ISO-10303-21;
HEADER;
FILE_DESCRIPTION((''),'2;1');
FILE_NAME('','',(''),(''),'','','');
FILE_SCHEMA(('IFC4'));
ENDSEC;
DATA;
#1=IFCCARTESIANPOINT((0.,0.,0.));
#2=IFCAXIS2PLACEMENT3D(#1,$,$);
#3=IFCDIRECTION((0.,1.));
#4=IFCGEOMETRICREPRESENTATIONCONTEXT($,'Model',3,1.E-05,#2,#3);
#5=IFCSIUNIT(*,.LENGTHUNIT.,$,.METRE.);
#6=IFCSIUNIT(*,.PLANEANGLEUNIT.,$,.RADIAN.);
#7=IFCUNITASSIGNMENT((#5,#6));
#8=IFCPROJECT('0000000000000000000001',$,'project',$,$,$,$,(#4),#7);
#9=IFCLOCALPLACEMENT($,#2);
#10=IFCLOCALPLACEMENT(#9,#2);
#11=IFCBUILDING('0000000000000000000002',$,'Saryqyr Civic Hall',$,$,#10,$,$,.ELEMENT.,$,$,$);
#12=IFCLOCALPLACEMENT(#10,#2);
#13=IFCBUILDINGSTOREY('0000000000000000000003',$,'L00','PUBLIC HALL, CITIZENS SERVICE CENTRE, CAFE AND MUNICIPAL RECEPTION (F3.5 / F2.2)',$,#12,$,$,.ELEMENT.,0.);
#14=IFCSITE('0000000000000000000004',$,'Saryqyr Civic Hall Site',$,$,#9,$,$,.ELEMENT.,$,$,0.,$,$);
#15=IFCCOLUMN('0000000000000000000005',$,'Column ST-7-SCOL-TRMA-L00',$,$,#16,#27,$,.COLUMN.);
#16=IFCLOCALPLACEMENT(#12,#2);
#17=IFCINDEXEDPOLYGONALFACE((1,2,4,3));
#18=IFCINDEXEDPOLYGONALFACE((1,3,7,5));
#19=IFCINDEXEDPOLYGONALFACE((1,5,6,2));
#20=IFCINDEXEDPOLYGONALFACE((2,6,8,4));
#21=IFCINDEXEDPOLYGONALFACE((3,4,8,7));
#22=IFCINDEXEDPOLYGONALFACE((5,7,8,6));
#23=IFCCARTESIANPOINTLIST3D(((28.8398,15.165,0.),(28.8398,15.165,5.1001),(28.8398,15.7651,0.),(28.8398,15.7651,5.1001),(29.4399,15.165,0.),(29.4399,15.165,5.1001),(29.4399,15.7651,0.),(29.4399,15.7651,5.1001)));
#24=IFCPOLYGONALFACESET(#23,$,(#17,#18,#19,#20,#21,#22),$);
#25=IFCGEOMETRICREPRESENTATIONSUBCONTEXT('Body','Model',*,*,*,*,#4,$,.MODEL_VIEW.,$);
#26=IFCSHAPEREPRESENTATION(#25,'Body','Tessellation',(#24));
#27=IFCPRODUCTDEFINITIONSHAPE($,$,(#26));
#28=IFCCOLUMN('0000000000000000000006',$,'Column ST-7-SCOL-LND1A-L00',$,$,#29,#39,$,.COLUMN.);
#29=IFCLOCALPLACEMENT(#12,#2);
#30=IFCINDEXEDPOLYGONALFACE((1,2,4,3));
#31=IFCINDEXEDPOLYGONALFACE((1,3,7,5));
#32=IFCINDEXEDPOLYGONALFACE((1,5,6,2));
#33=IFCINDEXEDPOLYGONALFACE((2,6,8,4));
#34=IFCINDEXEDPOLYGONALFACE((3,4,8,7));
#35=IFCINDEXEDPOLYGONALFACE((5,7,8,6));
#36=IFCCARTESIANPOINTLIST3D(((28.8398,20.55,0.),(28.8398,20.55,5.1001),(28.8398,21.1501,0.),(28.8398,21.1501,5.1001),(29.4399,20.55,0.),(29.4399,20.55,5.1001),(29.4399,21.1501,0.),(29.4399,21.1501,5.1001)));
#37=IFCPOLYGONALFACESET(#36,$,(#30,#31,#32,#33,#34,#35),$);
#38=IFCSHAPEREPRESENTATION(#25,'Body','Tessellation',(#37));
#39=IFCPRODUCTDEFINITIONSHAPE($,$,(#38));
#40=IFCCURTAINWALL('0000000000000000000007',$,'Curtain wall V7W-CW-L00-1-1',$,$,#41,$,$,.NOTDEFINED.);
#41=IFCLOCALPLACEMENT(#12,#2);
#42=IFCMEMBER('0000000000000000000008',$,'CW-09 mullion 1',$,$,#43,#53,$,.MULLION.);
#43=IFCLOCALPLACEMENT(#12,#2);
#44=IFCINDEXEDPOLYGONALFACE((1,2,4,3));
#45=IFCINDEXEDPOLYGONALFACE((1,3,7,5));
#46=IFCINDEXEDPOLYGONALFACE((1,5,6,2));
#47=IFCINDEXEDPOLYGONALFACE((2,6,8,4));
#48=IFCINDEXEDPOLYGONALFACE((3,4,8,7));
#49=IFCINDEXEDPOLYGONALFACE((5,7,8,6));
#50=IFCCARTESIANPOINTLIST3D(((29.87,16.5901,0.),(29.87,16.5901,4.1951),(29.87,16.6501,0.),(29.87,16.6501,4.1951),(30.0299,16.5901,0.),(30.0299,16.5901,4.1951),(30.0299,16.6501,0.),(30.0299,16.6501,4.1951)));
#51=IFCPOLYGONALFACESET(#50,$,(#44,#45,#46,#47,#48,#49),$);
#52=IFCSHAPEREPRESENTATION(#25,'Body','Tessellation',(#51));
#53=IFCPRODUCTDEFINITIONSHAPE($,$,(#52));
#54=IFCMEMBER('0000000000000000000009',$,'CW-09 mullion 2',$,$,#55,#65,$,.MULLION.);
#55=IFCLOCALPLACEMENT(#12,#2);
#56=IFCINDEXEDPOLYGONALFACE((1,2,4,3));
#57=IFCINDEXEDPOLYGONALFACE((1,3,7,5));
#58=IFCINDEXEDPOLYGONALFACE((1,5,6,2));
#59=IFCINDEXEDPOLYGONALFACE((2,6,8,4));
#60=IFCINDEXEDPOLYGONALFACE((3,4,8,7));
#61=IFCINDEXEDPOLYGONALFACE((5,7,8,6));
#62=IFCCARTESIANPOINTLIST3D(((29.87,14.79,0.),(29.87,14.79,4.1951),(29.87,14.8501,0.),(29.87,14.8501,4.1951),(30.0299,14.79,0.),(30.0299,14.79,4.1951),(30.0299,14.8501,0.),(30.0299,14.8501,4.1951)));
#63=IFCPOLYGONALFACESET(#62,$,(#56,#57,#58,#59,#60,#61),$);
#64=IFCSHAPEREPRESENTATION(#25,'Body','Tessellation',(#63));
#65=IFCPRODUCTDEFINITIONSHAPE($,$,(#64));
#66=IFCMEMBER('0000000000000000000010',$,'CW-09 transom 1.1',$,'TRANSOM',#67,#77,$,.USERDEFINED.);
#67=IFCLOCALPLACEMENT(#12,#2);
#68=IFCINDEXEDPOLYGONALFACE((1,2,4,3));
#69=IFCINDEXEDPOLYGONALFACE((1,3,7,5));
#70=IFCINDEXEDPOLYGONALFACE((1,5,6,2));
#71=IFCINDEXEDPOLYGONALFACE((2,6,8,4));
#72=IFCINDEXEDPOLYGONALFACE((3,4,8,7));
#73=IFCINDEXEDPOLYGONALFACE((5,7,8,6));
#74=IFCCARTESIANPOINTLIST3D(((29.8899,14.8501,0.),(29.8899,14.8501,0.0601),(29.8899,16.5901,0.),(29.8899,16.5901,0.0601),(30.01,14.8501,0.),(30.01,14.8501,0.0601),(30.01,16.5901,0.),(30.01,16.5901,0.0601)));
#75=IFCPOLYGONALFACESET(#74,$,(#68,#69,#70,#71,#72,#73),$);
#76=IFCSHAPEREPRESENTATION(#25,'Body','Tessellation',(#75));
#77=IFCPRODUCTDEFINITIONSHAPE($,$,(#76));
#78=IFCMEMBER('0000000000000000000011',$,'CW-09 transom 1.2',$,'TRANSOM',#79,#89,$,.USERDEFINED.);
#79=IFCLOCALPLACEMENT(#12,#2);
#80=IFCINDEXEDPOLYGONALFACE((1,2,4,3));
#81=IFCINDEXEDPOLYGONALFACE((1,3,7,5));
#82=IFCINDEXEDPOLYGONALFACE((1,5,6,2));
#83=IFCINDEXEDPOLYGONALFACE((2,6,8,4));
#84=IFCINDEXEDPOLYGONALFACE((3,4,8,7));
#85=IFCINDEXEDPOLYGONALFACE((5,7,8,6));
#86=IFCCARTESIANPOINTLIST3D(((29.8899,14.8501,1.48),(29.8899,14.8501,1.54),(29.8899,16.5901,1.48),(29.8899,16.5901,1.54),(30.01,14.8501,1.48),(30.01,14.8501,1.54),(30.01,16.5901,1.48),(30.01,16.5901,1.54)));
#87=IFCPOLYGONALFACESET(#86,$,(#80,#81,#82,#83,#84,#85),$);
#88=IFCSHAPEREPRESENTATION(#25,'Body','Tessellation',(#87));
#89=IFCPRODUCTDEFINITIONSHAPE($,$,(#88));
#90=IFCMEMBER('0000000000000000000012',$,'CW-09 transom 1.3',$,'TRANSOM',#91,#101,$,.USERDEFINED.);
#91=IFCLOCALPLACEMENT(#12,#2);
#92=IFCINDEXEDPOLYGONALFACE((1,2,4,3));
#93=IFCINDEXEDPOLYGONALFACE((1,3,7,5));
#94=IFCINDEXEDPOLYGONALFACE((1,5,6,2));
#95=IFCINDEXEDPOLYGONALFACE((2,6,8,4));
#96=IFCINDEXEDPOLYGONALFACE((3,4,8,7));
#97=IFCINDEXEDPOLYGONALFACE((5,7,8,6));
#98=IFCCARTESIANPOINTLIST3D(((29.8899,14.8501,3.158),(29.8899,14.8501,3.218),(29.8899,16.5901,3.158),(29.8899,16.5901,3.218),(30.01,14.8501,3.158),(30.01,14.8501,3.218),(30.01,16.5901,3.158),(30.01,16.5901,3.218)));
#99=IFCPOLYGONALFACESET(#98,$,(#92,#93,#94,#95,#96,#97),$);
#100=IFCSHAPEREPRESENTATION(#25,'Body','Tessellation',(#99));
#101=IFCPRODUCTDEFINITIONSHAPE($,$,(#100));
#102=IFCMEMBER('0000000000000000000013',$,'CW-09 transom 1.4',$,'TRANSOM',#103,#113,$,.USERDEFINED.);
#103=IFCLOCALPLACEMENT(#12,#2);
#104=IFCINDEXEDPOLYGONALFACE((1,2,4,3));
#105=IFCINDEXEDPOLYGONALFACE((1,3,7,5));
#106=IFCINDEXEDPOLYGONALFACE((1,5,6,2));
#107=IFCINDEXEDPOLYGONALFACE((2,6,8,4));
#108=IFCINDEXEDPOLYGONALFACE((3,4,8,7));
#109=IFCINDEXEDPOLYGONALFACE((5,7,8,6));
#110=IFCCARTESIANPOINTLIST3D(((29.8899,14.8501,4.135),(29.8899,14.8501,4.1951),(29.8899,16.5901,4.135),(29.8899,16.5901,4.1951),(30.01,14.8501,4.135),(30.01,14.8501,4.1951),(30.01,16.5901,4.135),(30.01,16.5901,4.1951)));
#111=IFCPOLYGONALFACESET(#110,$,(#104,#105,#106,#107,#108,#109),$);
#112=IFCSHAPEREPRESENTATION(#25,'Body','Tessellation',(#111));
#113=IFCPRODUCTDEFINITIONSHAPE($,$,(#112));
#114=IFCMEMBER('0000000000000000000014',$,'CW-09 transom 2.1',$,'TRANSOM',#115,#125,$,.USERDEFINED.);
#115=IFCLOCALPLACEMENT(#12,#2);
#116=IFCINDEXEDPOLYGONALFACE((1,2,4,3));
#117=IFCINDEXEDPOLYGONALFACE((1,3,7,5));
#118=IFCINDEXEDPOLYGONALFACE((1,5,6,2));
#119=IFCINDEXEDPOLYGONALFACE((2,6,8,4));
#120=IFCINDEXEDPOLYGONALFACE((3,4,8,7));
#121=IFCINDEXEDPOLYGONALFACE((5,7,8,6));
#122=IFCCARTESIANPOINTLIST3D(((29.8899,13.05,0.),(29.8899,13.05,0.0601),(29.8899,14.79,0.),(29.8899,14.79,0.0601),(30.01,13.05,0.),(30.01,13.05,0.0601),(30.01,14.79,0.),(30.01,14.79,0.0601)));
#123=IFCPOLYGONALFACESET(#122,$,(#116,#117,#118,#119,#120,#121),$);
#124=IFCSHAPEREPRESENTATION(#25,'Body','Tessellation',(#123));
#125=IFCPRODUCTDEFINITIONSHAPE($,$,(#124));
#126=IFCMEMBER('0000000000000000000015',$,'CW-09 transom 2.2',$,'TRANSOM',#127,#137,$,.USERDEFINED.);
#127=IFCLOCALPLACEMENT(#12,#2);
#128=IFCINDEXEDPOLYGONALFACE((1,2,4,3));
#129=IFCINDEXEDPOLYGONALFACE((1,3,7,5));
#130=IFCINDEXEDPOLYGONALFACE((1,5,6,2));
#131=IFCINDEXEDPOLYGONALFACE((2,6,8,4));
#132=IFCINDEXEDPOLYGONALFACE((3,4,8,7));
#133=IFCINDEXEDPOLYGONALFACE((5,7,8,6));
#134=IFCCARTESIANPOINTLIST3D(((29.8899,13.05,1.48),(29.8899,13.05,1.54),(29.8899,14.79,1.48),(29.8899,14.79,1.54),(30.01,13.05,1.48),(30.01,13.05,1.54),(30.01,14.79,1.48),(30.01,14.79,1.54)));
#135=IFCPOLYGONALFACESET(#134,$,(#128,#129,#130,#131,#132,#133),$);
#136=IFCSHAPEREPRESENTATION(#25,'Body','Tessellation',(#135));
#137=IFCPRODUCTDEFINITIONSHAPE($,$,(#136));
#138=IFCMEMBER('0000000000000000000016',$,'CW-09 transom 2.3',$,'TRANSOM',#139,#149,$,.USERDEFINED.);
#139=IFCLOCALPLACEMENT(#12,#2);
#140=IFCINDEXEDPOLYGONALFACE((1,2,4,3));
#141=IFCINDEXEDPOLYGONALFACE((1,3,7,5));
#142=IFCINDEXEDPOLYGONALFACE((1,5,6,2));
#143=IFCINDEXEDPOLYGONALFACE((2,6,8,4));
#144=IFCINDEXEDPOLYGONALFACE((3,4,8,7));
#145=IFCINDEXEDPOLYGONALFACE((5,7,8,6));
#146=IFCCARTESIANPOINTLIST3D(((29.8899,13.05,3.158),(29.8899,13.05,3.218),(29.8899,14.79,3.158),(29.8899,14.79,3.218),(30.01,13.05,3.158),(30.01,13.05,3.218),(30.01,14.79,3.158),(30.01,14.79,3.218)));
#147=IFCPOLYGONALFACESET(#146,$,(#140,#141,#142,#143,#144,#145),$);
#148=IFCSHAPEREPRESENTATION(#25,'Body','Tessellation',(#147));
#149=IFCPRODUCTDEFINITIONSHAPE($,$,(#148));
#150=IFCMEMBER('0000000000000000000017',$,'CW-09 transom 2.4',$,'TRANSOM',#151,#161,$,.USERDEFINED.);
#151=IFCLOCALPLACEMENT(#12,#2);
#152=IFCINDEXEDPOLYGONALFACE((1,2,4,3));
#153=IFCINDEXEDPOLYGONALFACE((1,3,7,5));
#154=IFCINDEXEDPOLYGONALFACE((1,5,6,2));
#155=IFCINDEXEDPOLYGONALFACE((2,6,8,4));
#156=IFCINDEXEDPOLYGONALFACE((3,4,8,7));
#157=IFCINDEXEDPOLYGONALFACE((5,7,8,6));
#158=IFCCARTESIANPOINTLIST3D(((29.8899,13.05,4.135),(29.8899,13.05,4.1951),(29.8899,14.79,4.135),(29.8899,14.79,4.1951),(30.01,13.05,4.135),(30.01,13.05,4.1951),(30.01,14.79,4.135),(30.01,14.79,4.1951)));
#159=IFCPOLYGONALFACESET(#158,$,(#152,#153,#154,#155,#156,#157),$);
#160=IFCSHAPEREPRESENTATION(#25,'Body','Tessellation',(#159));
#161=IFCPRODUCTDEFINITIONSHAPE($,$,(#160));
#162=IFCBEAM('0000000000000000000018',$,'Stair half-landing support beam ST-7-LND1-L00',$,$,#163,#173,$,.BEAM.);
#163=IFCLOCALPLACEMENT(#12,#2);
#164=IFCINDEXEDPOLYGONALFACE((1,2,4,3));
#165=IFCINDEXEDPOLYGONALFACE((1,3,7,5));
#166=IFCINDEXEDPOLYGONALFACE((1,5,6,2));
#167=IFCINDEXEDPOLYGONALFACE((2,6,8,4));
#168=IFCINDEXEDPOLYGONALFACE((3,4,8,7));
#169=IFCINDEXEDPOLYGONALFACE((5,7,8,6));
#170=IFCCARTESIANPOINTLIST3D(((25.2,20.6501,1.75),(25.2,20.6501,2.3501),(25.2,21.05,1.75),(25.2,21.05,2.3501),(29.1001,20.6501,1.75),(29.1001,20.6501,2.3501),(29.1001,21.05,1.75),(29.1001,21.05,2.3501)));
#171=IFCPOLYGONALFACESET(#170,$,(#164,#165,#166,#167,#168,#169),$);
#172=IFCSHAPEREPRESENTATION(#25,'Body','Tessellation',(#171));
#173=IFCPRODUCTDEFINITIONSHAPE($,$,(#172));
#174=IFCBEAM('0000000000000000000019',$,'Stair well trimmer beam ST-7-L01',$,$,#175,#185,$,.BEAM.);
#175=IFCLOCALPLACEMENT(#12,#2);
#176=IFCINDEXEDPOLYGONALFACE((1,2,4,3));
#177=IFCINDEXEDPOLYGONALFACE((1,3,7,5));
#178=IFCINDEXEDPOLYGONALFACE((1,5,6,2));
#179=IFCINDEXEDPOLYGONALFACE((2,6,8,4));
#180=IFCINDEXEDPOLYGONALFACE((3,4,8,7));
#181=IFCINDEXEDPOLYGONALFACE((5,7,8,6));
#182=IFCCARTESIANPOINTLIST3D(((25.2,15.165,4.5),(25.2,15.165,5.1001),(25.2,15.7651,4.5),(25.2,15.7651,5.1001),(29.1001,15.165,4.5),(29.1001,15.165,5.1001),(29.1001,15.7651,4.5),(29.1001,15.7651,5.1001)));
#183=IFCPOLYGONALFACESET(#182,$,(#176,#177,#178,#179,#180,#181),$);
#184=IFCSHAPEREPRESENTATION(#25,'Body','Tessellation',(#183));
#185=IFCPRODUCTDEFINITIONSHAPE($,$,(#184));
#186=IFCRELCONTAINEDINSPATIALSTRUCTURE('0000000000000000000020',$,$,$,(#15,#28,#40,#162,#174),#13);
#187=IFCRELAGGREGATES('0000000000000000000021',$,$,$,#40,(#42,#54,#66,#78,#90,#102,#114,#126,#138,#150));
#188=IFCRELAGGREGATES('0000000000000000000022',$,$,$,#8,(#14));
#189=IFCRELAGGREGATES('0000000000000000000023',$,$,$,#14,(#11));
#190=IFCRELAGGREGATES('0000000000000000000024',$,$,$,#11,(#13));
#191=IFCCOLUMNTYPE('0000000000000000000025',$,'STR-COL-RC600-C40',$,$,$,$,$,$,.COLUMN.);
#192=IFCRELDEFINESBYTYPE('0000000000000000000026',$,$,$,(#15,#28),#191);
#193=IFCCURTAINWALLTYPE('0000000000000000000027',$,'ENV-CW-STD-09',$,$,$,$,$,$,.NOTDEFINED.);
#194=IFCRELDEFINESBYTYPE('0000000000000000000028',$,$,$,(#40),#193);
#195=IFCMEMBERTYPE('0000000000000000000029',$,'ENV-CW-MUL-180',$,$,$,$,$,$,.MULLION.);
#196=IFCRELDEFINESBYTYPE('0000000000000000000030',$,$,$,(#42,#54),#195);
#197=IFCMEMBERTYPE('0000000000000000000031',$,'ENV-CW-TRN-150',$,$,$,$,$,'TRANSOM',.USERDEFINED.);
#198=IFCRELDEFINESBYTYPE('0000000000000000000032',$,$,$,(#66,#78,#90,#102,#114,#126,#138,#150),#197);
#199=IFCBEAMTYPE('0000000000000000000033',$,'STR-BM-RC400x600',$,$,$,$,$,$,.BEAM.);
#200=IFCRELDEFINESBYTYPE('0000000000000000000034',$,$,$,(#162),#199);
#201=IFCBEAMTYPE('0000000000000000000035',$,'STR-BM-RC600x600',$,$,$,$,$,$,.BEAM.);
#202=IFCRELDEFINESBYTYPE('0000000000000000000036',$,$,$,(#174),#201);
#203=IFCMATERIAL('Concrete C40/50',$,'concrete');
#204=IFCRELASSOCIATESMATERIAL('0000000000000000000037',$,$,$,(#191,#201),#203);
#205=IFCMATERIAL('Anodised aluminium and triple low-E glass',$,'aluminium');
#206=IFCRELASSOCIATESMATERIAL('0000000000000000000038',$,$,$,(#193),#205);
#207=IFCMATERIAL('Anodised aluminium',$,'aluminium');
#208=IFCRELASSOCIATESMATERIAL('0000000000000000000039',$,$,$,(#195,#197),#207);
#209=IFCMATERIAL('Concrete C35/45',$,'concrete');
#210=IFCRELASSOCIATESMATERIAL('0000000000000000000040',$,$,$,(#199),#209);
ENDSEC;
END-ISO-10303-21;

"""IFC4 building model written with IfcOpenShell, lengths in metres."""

from ifc_helpers import new_model, si_unit, direction, frame, origin, origin_2d, place, context, subcontext, project, spatial, rectangle, extrude, material, material_profile, profile_set, type_object, element, aggregate, save


model = new_model("IFC4")

# Units and contexts
model_context = context("Model", 3, precision=1e-05, world=origin(), true_north=direction((0.0, 1.0)))
body_context = subcontext(model_context, "Body", "Model", "MODEL_VIEW")
ifc_project = project(units=[si_unit("LENGTHUNIT", "METRE"), si_unit("PLANEANGLEUNIT", "RADIAN")], contexts=[model_context])

# Site, building, storey
site_placement = place(None, origin())
site = spatial("IfcSite", under=ifc_project, at=site_placement, Name="Saryqyr Civic Hall Site", CompositionType="ELEMENT", RefElevation=0.0)
building_placement = place(site_placement, origin())
building = spatial("IfcBuilding", under=site, at=building_placement, Name="Saryqyr Civic Hall", CompositionType="ELEMENT")
storey_placement = place(building_placement, origin())
storey = spatial("IfcBuildingStorey", under=building, at=storey_placement, Name="L00", Description="PUBLIC HALL, CITIZENS SERVICE CENTRE, CAFE AND MUNICIPAL RECEPTION (F3.5 / F2.2)", CompositionType="ELEMENT", Elevation=0.0)

# Columns
ifc_material_1 = material(Name="Concrete C40/50", Category="concrete")
ifc_material_profile_1 = material_profile(ifc_material_1, rectangle(XDim=0.6001, YDim=0.6001, at=origin_2d()), Name="RC 600x600")
ifc_profile_set_1 = profile_set([ifc_material_profile_1], Name="Concrete C40/50")
column_type = type_object("IfcColumnType", Name="STR-COL-RC600-C40", PredefinedType="COLUMN", material=ifc_profile_set_1)
for number, where, z_axis, x_axis, name in (
    (1, (29.1399, 15.4651, 0.0), (0.0, 0.0, 1.0), (1.0, 0.0, 0.0), "Column ST-7-SCOL-TRMA-L00"),
    (2, (29.1399, 20.8501, 0.0), (0.0, 0.0, 1.0), (1.0, 0.0, 0.0), "Column ST-7-SCOL-LND1A-L00"),
):
    element("IfcColumn", number, at=place(storey_placement, frame(where, z_axis=z_axis, x_axis=x_axis)), inside=storey, type_object=column_type, Name=name, PredefinedType="COLUMN", context=body_context, shape_type="SweptSolid", body=[
        extrude(rectangle(XDim=0.6001, YDim=0.6001, at=origin_2d()), origin(), (0.0, 0.0, 1.0), 5.1001),
    ])

# Curtain wall, members
ifc_material_2 = material(Name="Anodised aluminium and triple low-E glass", Category="aluminium")
curtain_wall_type = type_object("IfcCurtainWallType", Name="ENV-CW-STD-09", PredefinedType="NOTDEFINED", material=ifc_material_2)
curtain_wall_placement = place(storey_placement, origin())
curtain_wall = element("IfcCurtainWall", 3, at=curtain_wall_placement, inside=storey, type_object=curtain_wall_type, Name="Curtain wall V7W-CW-L00-1-1", PredefinedType="NOTDEFINED")
ifc_material_3 = material(Name="Anodised aluminium", Category="aluminium")
ifc_material_profile_2 = material_profile(ifc_material_3, rectangle(XDim=0.0601, YDim=0.1599, at=origin_2d()), Name="ALU MULLION 60x160")
ifc_profile_set_2 = profile_set([ifc_material_profile_2], Name="Anodised aluminium")
member_type_1 = type_object("IfcMemberType", Name="ENV-CW-MUL-180", PredefinedType="MULLION", material=ifc_profile_set_2)
member_1_placement = place(storey_placement, frame((29.95, 16.6201, 0.0), z_axis=(0.0, 0.0, 1.0), x_axis=(0.0, -1.0, 0.0)))
member_1 = element("IfcMember", 4, at=member_1_placement, type_object=member_type_1, Name="CW-09 mullion 1", PredefinedType="MULLION", context=body_context, shape_type="SweptSolid", body=[
    extrude(rectangle(XDim=0.0601, YDim=0.1599, at=origin_2d()), origin(), (0.0, 0.0, 1.0), 4.1951),
])
member_2_placement = place(storey_placement, frame((29.95, 14.8201, 0.0), z_axis=(0.0, 0.0, 1.0), x_axis=(0.0, -1.0, 0.0)))
member_2 = element("IfcMember", 5, at=member_2_placement, type_object=member_type_1, Name="CW-09 mullion 2", PredefinedType="MULLION", context=body_context, shape_type="SweptSolid", body=[
    extrude(rectangle(XDim=0.0601, YDim=0.1599, at=origin_2d()), origin(), (0.0, 0.0, 1.0), 4.1951),
])
ifc_material_profile_3 = material_profile(ifc_material_3, rectangle(XDim=0.1201, YDim=0.0601, at=origin_2d()), Name="ALU TRANSOM 120x60")
ifc_profile_set_3 = profile_set([ifc_material_profile_3], Name="Anodised aluminium")
member_type_2 = type_object("IfcMemberType", Name="ENV-CW-TRN-150", ElementType="TRANSOM", PredefinedType="USERDEFINED", material=ifc_profile_set_3)
member_3_placement = place(storey_placement, frame((29.95, 16.5901, 0.03), z_axis=(0.0, -1.0, 0.0), x_axis=(1.0, 0.0, 0.0)))
member_3 = element("IfcMember", 6, at=member_3_placement, type_object=member_type_2, Name="CW-09 transom 1.1", ObjectType="TRANSOM", PredefinedType="USERDEFINED", context=body_context, shape_type="SweptSolid", body=[
    extrude(rectangle(XDim=0.1201, YDim=0.0601, at=origin_2d()), origin(), (0.0, 0.0, 1.0), 1.74),
])
member_4_placement = place(storey_placement, frame((29.95, 16.5901, 1.51), z_axis=(0.0, -1.0, 0.0), x_axis=(1.0, 0.0, 0.0)))
member_4 = element("IfcMember", 7, at=member_4_placement, type_object=member_type_2, Name="CW-09 transom 1.2", ObjectType="TRANSOM", PredefinedType="USERDEFINED", context=body_context, shape_type="SweptSolid", body=[
    extrude(rectangle(XDim=0.1201, YDim=0.0601, at=origin_2d()), origin(), (0.0, 0.0, 1.0), 1.74),
])
member_5_placement = place(storey_placement, frame((29.95, 16.5901, 3.188), z_axis=(0.0, -1.0, 0.0), x_axis=(1.0, 0.0, 0.0)))
member_5 = element("IfcMember", 8, at=member_5_placement, type_object=member_type_2, Name="CW-09 transom 1.3", ObjectType="TRANSOM", PredefinedType="USERDEFINED", context=body_context, shape_type="SweptSolid", body=[
    extrude(rectangle(XDim=0.1201, YDim=0.0601, at=origin_2d()), origin(), (0.0, 0.0, 1.0), 1.74),
])
member_6_placement = place(storey_placement, frame((29.95, 16.5901, 4.165), z_axis=(0.0, -1.0, 0.0), x_axis=(1.0, 0.0, 0.0)))
member_6 = element("IfcMember", 9, at=member_6_placement, type_object=member_type_2, Name="CW-09 transom 1.4", ObjectType="TRANSOM", PredefinedType="USERDEFINED", context=body_context, shape_type="SweptSolid", body=[
    extrude(rectangle(XDim=0.1201, YDim=0.0601, at=origin_2d()), origin(), (0.0, 0.0, 1.0), 1.74),
])
member_7_placement = place(storey_placement, frame((29.95, 14.79, 0.03), z_axis=(0.0, -1.0, 0.0), x_axis=(1.0, 0.0, 0.0)))
member_7 = element("IfcMember", 10, at=member_7_placement, type_object=member_type_2, Name="CW-09 transom 2.1", ObjectType="TRANSOM", PredefinedType="USERDEFINED", context=body_context, shape_type="SweptSolid", body=[
    extrude(rectangle(XDim=0.1201, YDim=0.0601, at=origin_2d()), origin(), (0.0, 0.0, 1.0), 1.74),
])
member_8_placement = place(storey_placement, frame((29.95, 14.79, 1.51), z_axis=(0.0, -1.0, 0.0), x_axis=(1.0, 0.0, 0.0)))
member_8 = element("IfcMember", 11, at=member_8_placement, type_object=member_type_2, Name="CW-09 transom 2.2", ObjectType="TRANSOM", PredefinedType="USERDEFINED", context=body_context, shape_type="SweptSolid", body=[
    extrude(rectangle(XDim=0.1201, YDim=0.0601, at=origin_2d()), origin(), (0.0, 0.0, 1.0), 1.74),
])
member_9_placement = place(storey_placement, frame((29.95, 14.79, 3.188), z_axis=(0.0, -1.0, 0.0), x_axis=(1.0, 0.0, 0.0)))
member_9 = element("IfcMember", 12, at=member_9_placement, type_object=member_type_2, Name="CW-09 transom 2.3", ObjectType="TRANSOM", PredefinedType="USERDEFINED", context=body_context, shape_type="SweptSolid", body=[
    extrude(rectangle(XDim=0.1201, YDim=0.0601, at=origin_2d()), origin(), (0.0, 0.0, 1.0), 1.74),
])
member_10_placement = place(storey_placement, frame((29.95, 14.79, 4.165), z_axis=(0.0, -1.0, 0.0), x_axis=(1.0, 0.0, 0.0)))
member_10 = element("IfcMember", 13, at=member_10_placement, type_object=member_type_2, Name="CW-09 transom 2.4", ObjectType="TRANSOM", PredefinedType="USERDEFINED", context=body_context, shape_type="SweptSolid", body=[
    extrude(rectangle(XDim=0.1201, YDim=0.0601, at=origin_2d()), origin(), (0.0, 0.0, 1.0), 1.74),
])

# Beams
ifc_material_4 = material(Name="Concrete C35/45", Category="concrete")
ifc_material_profile_4 = material_profile(ifc_material_4, rectangle(XDim=0.3999, YDim=0.6001, at=origin_2d()), Name="RC 400x600")
ifc_profile_set_4 = profile_set([ifc_material_profile_4], Name="Concrete C35/45")
beam_type_1 = type_object("IfcBeamType", Name="STR-BM-RC400x600", PredefinedType="BEAM", material=ifc_profile_set_4)
beam_1_placement = place(storey_placement, frame((29.1001, 20.8501, 2.05), z_axis=(-1.0, 0.0, 0.0), x_axis=(0.0, -1.0, 0.0)))
element("IfcBeam", 14, at=beam_1_placement, inside=storey, type_object=beam_type_1, Name="Stair half-landing support beam ST-7-LND1-L00", PredefinedType="BEAM", context=body_context, shape_type="SweptSolid", body=[
    extrude(rectangle(XDim=0.3999, YDim=0.6001, at=origin_2d()), origin(), (0.0, 0.0, 1.0), 3.9001),
])
ifc_material_profile_5 = material_profile(ifc_material_1, rectangle(XDim=0.6001, YDim=0.6001, at=origin_2d()), Name="RC 600x600")
ifc_profile_set_5 = profile_set([ifc_material_profile_5], Name="Concrete C40/50")
beam_type_2 = type_object("IfcBeamType", Name="STR-BM-RC600x600", PredefinedType="BEAM", material=ifc_profile_set_5)
beam_2_placement = place(storey_placement, frame((29.1001, 15.4651, 4.8), z_axis=(-1.0, 0.0, 0.0), x_axis=(0.0, -1.0, 0.0)))
element("IfcBeam", 15, at=beam_2_placement, inside=storey, type_object=beam_type_2, Name="Stair well trimmer beam ST-7-L01", PredefinedType="BEAM", context=body_context, shape_type="SweptSolid", body=[
    extrude(rectangle(XDim=0.6001, YDim=0.6001, at=origin_2d()), origin(), (0.0, 0.0, 1.0), 3.9001),
])

aggregate(curtain_wall, [member_1, member_2, member_3, member_4, member_5, member_6, member_7, member_8, member_9, member_10])

save(model, "model.ifc")
